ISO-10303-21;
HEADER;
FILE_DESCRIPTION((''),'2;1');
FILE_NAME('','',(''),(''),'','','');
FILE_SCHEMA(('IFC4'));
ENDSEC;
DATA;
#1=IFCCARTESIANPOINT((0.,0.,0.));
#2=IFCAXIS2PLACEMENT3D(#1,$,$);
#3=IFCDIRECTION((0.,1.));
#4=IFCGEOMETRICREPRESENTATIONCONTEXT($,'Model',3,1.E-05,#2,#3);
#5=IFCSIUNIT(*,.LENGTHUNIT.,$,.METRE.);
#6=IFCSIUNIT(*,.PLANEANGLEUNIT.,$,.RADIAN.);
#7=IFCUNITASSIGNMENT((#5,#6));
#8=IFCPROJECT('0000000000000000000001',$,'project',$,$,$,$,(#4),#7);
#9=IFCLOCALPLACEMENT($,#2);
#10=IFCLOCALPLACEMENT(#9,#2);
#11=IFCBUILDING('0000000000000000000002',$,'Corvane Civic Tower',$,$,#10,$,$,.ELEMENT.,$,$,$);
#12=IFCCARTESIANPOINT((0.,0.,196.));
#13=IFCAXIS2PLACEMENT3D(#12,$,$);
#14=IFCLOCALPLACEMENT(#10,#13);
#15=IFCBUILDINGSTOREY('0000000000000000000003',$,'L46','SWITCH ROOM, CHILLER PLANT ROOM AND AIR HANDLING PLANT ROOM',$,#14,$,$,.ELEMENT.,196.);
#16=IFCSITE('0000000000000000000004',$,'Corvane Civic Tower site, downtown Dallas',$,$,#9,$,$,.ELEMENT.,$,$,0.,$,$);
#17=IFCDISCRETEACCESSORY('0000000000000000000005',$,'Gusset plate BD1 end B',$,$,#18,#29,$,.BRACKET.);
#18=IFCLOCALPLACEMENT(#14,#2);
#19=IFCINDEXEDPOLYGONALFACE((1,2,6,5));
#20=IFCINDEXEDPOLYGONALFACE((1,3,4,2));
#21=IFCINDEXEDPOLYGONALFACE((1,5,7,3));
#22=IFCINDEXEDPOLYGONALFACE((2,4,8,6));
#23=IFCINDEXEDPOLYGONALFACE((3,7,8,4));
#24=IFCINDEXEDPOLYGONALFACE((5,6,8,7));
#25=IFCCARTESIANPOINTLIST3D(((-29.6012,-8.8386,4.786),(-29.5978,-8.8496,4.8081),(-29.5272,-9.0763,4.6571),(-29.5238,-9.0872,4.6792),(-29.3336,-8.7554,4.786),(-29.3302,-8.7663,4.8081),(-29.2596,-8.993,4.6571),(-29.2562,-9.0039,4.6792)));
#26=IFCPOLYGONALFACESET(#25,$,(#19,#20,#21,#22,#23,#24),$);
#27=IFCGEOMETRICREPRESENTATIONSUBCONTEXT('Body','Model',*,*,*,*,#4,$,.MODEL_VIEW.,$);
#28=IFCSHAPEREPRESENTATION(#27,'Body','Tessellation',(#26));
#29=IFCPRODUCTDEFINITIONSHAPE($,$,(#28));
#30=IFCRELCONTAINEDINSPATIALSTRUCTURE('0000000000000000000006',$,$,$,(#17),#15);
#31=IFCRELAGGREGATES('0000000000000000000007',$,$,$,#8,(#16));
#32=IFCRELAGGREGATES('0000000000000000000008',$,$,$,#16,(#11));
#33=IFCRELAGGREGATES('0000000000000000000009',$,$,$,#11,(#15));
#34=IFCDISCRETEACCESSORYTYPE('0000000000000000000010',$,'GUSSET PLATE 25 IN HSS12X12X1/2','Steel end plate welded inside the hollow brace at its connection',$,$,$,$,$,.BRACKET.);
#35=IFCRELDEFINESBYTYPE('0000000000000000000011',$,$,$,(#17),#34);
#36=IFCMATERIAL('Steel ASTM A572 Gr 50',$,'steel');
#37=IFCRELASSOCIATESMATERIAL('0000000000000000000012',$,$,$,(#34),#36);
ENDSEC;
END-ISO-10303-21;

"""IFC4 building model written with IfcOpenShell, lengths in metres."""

from ifc_helpers import new_model, si_unit, direction, frame, origin, origin_2d, place, context, subcontext, project, spatial, rectangle, extrude, material, material_profile, profile_set, type_object, element, save


model = new_model("IFC4")

# Units and contexts
model_context = context("Model", 3, precision=1e-05, world=origin(), true_north=direction((0.0, 1.0)))
body_context = subcontext(model_context, "Body", "Model", "MODEL_VIEW")
ifc_project = project(units=[si_unit("LENGTHUNIT", "METRE"), si_unit("PLANEANGLEUNIT", "RADIAN")], contexts=[model_context])

# Site, building, storey
site_placement = place(None, origin())
site = spatial("IfcSite", under=ifc_project, at=site_placement, Name="Corvane Civic Tower site, downtown Dallas", CompositionType="ELEMENT", RefElevation=0.0)
building_placement = place(site_placement, origin())
building = spatial("IfcBuilding", under=site, at=building_placement, Name="Corvane Civic Tower", CompositionType="ELEMENT")
storey_placement = place(building_placement, frame((0.0, 0.0, 196.0)))
storey = spatial("IfcBuildingStorey", under=building, at=storey_placement, Name="L46", Description="SWITCH ROOM, CHILLER PLANT ROOM AND AIR HANDLING PLANT ROOM", CompositionType="ELEMENT", Elevation=196.0)

# Discrete accessory
ifc_material_1 = material(Name="Steel ASTM A572 Gr 50", Category="steel")
ifc_material_profile_1 = material_profile(ifc_material_1, rectangle(XDim=0.2803, YDim=0.2803, at=origin_2d()), Name="GUSSET PLATE 25 IN HSS12X12X1/2")
ifc_profile_set_1 = profile_set([ifc_material_profile_1], Name="Steel ASTM A572 Gr 50")
discrete_accessory_type = type_object("IfcDiscreteAccessoryType", Name="GUSSET PLATE 25 IN HSS12X12X1/2", Description="Steel end plate welded inside the hollow brace at its connection", PredefinedType="BRACKET", material=ifc_profile_set_1)
for number, where, z_axis, x_axis, name in (
    (1, (-29.427, -8.9268, 4.7437), (-0.136613, 0.439113, -0.887985), (-0.954857, -0.297067, 0.0), "Gusset plate BD1 end B"),
):
    element("IfcDiscreteAccessory", number, at=place(storey_placement, frame(where, z_axis=z_axis, x_axis=x_axis)), inside=storey, type_object=discrete_accessory_type, Name=name, PredefinedType="BRACKET", context=body_context, shape_type="SweptSolid", body=[
        extrude(rectangle(XDim=0.2803, YDim=0.2803, at=origin_2d()), origin(), (0.0, 0.0, 1.0), 0.0249),
    ])

save(model, "model.ifc")
